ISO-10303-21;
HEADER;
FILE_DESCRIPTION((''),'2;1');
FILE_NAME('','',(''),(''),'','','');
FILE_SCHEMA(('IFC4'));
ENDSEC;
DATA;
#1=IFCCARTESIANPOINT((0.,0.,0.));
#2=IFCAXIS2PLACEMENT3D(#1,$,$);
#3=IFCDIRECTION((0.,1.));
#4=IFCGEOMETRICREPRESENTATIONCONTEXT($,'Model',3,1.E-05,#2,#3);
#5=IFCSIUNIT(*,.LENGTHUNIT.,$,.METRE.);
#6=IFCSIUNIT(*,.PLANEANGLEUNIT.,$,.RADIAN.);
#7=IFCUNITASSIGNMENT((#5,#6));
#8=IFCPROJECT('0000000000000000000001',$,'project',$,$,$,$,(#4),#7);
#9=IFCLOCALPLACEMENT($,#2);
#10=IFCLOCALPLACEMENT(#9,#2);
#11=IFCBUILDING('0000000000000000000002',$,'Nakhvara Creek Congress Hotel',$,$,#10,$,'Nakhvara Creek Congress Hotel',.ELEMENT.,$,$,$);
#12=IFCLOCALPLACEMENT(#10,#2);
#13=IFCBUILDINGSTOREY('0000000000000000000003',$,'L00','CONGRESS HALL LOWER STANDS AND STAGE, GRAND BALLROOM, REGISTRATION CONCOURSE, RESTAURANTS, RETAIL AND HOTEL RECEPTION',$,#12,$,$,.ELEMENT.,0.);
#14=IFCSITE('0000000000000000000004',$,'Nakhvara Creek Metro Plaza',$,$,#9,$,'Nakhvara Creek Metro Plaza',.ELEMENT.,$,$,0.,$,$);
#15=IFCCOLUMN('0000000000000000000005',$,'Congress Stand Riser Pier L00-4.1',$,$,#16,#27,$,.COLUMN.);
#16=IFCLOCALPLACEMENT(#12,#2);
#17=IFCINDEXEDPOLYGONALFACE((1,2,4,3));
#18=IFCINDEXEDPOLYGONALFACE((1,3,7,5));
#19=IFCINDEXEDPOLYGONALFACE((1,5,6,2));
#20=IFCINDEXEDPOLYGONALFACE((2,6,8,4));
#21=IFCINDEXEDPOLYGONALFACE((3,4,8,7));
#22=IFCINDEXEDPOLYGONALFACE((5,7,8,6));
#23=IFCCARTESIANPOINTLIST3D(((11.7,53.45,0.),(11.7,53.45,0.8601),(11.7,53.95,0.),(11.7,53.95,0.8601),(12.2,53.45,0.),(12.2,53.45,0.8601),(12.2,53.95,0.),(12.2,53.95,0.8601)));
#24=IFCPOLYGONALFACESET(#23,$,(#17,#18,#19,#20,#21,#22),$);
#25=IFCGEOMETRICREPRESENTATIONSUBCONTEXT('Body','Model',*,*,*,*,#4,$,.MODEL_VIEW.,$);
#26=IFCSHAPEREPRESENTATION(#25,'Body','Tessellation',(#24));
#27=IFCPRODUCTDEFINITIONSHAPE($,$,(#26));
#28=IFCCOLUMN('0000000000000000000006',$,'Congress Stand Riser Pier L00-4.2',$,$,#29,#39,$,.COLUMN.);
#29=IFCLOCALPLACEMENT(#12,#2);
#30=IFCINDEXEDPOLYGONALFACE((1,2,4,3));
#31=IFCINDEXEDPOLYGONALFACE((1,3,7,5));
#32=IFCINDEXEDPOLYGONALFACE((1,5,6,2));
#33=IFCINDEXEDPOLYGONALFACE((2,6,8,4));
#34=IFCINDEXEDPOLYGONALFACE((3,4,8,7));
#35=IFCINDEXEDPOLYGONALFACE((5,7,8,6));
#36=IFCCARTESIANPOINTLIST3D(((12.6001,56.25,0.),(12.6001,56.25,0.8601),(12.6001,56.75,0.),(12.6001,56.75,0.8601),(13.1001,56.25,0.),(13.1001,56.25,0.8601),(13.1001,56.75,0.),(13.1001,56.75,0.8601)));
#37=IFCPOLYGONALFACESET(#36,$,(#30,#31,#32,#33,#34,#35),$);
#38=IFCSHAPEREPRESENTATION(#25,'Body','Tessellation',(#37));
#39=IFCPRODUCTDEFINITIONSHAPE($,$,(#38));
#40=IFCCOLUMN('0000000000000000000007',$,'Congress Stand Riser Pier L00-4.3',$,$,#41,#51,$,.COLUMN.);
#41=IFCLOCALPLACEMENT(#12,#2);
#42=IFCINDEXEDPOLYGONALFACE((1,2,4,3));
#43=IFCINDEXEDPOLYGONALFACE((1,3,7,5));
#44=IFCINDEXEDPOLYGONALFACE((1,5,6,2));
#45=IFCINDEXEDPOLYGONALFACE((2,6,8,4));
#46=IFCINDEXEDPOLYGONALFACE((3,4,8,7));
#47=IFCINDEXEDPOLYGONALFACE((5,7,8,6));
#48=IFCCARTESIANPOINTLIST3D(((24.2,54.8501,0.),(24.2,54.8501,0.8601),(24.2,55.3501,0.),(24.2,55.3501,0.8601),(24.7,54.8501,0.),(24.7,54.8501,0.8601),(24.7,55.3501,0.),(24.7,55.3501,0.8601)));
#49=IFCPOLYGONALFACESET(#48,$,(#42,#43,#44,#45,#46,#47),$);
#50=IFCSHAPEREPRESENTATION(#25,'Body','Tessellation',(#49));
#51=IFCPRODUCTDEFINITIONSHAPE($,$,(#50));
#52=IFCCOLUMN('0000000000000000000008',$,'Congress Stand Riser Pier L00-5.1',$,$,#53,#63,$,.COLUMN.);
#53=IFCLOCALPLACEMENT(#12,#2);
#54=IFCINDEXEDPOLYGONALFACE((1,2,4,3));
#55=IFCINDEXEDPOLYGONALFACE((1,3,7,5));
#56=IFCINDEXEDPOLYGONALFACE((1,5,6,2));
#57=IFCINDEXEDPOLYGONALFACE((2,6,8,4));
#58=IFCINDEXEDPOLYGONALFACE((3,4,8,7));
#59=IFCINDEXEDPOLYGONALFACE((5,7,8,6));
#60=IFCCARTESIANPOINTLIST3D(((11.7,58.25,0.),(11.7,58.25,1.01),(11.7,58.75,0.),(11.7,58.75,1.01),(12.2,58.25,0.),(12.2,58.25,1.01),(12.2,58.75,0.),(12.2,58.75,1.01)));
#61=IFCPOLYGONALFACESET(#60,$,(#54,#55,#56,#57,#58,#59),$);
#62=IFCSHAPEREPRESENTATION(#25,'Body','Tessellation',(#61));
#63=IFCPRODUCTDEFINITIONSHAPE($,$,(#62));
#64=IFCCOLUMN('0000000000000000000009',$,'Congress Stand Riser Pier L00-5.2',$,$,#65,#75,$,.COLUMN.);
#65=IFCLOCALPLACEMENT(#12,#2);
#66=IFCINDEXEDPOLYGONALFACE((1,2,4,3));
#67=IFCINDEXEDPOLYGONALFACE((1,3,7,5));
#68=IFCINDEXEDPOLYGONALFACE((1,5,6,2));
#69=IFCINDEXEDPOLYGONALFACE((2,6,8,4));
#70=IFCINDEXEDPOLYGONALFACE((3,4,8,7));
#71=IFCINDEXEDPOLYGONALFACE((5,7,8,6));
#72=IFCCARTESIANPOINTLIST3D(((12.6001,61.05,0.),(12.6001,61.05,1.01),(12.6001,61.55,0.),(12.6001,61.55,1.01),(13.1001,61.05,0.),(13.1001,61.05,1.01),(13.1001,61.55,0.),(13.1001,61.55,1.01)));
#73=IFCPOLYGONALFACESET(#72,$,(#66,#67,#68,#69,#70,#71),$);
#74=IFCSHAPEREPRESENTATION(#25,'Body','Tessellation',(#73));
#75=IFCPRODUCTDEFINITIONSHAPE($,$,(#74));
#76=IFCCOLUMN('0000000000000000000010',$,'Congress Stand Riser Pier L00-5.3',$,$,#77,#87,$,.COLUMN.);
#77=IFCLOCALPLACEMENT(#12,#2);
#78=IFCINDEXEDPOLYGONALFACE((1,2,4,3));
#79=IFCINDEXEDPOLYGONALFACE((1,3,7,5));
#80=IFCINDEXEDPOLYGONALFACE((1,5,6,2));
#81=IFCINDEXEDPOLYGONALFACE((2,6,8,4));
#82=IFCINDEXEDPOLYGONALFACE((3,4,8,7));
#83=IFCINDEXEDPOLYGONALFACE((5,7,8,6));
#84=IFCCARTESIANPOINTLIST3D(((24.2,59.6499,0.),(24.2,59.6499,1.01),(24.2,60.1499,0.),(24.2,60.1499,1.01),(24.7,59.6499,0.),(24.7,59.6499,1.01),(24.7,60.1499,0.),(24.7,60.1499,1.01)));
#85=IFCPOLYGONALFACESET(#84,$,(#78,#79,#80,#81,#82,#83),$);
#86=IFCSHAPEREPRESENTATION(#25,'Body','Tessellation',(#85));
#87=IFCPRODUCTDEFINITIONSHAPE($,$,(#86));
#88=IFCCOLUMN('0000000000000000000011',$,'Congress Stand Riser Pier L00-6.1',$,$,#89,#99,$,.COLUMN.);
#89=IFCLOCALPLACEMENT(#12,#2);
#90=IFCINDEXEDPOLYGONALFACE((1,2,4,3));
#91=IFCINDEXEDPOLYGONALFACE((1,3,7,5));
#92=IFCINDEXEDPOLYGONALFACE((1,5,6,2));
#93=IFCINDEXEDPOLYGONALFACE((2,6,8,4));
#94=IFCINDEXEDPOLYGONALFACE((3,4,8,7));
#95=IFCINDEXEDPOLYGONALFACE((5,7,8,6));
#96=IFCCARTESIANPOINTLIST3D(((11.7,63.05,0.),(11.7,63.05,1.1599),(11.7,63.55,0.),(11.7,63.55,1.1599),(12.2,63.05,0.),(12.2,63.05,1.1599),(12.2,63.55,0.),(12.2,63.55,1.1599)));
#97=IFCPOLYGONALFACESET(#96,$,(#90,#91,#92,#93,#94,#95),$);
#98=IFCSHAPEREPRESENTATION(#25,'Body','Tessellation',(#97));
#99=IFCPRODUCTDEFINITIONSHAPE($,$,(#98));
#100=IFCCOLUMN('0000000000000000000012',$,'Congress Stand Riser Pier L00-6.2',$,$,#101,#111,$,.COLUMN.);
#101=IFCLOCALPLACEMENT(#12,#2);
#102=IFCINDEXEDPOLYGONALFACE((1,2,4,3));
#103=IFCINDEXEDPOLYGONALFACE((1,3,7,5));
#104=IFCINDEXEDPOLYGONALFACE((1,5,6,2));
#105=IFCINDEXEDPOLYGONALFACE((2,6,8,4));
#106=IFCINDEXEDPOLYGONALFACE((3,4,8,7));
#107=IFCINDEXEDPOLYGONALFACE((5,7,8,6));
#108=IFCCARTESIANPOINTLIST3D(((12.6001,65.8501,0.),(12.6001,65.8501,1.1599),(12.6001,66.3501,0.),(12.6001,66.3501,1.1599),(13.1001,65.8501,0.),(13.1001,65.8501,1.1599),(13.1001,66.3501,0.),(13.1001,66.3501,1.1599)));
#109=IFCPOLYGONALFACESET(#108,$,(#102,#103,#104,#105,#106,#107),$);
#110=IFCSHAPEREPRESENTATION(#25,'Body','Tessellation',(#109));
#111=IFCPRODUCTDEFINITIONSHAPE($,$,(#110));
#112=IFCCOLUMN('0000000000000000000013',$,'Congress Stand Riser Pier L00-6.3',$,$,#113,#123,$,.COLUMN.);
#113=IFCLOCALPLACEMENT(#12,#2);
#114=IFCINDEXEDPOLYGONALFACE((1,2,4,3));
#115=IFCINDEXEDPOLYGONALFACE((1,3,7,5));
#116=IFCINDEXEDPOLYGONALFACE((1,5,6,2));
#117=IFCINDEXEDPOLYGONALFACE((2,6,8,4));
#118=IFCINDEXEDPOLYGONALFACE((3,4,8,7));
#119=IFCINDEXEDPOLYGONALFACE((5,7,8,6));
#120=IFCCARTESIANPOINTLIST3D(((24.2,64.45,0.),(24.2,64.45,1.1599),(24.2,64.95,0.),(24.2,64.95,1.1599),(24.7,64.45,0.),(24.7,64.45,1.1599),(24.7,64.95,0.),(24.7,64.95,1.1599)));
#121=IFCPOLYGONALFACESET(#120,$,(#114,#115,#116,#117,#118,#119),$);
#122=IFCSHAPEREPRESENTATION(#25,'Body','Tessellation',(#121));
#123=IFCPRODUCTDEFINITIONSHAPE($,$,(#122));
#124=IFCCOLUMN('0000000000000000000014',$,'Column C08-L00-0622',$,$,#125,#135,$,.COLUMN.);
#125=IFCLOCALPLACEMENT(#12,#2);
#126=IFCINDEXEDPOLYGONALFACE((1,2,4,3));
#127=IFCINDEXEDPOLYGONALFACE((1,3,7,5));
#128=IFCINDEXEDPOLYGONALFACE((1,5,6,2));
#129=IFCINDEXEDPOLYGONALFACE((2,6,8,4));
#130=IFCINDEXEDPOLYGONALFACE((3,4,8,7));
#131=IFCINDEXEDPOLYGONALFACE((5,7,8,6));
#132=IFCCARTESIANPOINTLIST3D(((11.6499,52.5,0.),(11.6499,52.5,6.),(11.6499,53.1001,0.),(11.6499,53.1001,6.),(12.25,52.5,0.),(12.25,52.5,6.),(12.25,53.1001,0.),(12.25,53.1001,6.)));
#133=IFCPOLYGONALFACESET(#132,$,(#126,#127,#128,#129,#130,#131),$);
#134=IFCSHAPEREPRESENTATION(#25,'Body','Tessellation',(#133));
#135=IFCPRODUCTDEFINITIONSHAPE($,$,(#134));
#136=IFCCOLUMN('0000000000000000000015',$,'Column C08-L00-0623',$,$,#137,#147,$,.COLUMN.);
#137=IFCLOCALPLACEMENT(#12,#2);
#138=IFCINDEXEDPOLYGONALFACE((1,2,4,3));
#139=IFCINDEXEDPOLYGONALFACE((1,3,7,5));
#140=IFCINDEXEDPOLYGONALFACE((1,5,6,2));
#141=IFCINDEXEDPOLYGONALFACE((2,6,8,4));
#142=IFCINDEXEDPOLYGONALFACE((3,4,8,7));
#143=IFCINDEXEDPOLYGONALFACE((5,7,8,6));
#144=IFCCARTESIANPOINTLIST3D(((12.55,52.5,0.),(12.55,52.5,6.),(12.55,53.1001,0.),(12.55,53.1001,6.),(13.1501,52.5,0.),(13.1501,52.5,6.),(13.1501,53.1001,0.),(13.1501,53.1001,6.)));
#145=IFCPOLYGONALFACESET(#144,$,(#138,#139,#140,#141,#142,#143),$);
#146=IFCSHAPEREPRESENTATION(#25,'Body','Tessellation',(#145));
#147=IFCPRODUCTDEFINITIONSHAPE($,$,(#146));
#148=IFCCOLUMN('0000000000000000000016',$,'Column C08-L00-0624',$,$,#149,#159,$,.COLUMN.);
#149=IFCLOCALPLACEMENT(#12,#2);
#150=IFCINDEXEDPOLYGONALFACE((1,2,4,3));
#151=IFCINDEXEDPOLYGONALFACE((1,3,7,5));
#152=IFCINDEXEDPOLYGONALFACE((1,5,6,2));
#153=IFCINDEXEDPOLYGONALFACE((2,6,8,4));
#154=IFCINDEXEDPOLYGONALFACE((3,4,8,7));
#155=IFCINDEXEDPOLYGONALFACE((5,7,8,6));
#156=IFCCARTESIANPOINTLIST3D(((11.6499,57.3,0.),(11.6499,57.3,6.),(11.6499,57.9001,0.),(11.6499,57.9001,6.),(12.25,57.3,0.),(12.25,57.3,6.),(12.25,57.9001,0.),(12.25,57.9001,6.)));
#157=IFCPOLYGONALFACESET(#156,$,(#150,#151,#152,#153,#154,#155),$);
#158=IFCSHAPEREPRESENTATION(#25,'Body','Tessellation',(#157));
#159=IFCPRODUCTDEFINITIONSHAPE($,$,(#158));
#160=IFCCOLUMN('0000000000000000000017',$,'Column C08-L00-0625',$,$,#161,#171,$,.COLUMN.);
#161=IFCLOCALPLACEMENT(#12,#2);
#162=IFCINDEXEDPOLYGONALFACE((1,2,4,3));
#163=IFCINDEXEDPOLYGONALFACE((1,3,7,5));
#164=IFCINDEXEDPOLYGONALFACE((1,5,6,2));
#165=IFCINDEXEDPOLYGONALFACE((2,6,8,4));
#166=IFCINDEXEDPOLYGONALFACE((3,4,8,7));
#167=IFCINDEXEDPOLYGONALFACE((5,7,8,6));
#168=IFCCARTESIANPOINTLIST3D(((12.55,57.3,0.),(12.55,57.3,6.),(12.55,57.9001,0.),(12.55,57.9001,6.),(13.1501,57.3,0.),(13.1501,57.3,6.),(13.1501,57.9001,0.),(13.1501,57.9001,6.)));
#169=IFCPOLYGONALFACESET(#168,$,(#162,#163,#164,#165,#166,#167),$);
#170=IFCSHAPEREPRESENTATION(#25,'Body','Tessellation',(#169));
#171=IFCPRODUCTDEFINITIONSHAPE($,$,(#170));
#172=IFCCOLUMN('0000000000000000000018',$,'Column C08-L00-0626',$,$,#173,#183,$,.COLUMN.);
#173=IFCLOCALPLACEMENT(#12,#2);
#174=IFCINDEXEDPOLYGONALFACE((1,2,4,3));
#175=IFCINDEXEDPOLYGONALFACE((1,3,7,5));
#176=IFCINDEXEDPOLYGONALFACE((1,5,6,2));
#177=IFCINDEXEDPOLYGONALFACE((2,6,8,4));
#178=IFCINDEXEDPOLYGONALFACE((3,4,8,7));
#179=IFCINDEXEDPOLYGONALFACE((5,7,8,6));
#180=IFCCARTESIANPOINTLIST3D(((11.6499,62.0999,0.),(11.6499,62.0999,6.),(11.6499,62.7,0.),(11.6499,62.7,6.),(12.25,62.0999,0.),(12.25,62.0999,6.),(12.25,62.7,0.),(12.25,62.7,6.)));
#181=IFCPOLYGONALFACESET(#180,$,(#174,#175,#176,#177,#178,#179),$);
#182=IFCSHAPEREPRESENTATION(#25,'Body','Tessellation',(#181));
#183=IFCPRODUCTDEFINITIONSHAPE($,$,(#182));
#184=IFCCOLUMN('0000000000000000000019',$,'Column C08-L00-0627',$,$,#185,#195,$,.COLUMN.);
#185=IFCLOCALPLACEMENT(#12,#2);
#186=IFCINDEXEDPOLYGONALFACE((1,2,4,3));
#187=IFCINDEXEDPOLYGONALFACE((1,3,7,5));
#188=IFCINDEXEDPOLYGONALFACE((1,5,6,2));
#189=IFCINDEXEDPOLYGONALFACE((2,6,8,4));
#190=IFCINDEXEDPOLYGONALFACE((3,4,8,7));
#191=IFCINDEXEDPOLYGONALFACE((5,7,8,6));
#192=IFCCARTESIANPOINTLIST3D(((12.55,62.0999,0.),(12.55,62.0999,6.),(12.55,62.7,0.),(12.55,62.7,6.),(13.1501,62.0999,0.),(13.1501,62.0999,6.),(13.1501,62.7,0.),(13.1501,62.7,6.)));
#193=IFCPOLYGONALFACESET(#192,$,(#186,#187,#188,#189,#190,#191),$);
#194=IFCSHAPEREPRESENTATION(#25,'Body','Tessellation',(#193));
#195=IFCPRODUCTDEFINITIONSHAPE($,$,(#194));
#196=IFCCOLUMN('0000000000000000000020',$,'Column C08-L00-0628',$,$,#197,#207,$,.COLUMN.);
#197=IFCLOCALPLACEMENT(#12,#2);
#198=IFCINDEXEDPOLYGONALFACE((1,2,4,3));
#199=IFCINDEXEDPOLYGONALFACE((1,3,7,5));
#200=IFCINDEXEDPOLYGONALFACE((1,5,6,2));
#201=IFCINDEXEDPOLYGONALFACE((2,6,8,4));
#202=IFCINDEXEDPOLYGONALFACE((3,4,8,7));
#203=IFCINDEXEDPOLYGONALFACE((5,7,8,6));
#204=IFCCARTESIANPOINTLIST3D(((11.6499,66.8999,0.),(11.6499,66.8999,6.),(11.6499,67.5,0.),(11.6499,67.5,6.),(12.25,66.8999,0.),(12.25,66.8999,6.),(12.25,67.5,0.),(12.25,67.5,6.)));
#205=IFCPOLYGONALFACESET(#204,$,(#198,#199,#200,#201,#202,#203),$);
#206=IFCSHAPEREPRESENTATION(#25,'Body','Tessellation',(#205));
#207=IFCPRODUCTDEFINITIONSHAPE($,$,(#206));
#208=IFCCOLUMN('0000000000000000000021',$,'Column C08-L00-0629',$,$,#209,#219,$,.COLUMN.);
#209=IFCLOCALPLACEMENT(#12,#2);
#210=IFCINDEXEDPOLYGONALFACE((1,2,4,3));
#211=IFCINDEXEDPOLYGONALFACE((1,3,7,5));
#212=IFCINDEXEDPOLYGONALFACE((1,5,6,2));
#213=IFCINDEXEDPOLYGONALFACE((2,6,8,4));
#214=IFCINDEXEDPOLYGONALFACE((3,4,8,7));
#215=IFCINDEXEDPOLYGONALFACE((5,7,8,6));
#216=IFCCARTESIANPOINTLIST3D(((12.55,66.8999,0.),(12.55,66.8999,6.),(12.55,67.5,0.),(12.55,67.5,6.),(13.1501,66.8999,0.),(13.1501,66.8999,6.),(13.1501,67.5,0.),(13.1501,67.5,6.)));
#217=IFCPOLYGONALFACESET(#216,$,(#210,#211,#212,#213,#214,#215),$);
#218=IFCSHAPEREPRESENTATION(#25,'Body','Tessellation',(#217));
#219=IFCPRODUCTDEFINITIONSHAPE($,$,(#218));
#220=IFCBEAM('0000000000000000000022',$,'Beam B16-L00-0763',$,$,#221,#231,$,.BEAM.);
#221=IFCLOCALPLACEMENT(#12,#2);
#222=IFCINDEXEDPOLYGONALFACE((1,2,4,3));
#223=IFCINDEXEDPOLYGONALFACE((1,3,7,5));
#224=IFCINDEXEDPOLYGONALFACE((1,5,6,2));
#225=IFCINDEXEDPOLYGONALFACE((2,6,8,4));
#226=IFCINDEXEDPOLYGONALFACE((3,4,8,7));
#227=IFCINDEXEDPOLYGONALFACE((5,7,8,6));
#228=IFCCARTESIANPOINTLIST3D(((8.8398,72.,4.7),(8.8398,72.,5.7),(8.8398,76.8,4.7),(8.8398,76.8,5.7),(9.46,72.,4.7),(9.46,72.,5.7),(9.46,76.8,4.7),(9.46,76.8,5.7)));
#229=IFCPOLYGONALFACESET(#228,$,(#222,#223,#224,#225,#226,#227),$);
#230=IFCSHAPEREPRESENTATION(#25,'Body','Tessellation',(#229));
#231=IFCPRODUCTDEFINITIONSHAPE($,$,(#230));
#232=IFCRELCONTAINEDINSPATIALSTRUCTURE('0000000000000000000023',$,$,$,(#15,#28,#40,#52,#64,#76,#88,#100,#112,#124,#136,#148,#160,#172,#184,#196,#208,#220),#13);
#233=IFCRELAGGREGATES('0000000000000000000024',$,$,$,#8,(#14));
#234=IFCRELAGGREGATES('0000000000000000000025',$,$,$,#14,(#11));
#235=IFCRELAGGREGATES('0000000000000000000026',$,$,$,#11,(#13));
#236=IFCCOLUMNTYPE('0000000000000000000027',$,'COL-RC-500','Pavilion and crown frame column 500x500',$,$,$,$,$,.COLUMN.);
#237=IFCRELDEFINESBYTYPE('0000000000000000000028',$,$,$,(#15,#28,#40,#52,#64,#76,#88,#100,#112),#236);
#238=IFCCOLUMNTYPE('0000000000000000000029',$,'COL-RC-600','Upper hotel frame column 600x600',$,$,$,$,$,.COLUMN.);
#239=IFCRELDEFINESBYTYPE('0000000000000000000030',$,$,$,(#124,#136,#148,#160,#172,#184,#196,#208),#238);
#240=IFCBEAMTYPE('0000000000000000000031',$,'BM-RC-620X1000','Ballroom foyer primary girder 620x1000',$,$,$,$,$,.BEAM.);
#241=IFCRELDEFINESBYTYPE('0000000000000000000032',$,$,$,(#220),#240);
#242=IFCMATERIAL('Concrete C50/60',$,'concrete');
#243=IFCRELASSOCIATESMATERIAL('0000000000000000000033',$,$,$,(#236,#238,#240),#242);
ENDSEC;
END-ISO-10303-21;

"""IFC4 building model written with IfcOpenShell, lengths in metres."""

from ifc_helpers import new_model, si_unit, direction, frame, origin, origin_2d, place, context, subcontext, project, spatial, rectangle, extrude, material, material_profile, profile_set, type_object, element, save


model = new_model("IFC4")

# Units and contexts
model_context = context("Model", 3, precision=1e-05, world=origin(), true_north=direction((0.0, 1.0)))
body_context = subcontext(model_context, "Body", "Model", "MODEL_VIEW")
ifc_project = project(units=[si_unit("LENGTHUNIT", "METRE"), si_unit("PLANEANGLEUNIT", "RADIAN")], contexts=[model_context])

# Site, building, storey
site_placement = place(None, origin())
site = spatial("IfcSite", under=ifc_project, at=site_placement, Name="Nakhvara Creek Metro Plaza", LongName="Nakhvara Creek Metro Plaza", CompositionType="ELEMENT", RefElevation=0.0)
building_placement = place(site_placement, origin())
building = spatial("IfcBuilding", under=site, at=building_placement, Name="Nakhvara Creek Congress Hotel", LongName="Nakhvara Creek Congress Hotel", CompositionType="ELEMENT")
storey_placement = place(building_placement, origin())
storey = spatial("IfcBuildingStorey", under=building, at=storey_placement, Name="L00", Description="CONGRESS HALL LOWER STANDS AND STAGE, GRAND BALLROOM, REGISTRATION CONCOURSE, RESTAURANTS, RETAIL AND HOTEL RECEPTION", CompositionType="ELEMENT", Elevation=0.0)

# Columns
ifc_material_1 = material(Name="Concrete C50/60", Category="concrete")
ifc_material_profile_1 = material_profile(ifc_material_1, rectangle(XDim=0.5, YDim=0.5, at=origin_2d()), Name="RC-COL 500x500", Category="LoadBearing")
ifc_profile_set_1 = profile_set([ifc_material_profile_1], Name="Concrete C50/60")
column_type_1 = type_object("IfcColumnType", Name="COL-RC-500", Description="Pavilion and crown frame column 500x500", PredefinedType="COLUMN", material=ifc_profile_set_1)
for number, where, z_axis, x_axis, name in (
    (1, (11.95, 53.7, 0.0), (0.0, 0.0, 1.0), (1.0, 0.0, 0.0), "Congress Stand Riser Pier L00-4.1"),
    (2, (12.8501, 56.5, 0.0), (0.0, 0.0, 1.0), (1.0, 0.0, 0.0), "Congress Stand Riser Pier L00-4.2"),
    (3, (24.45, 55.1001, 0.0), (0.0, 0.0, 1.0), (1.0, 0.0, 0.0), "Congress Stand Riser Pier L00-4.3"),
):
    element("IfcColumn", number, at=place(storey_placement, frame(where, z_axis=z_axis, x_axis=x_axis)), inside=storey, type_object=column_type_1, Name=name, PredefinedType="COLUMN", context=body_context, shape_type="SweptSolid", body=[
        extrude(rectangle(XDim=0.5, YDim=0.5, at=origin_2d()), origin(), (0.0, 0.0, 1.0), 0.8601),
    ])
for number, where, z_axis, x_axis, name in (
    (4, (11.95, 58.5, 0.0), (0.0, 0.0, 1.0), (1.0, 0.0, 0.0), "Congress Stand Riser Pier L00-5.1"),
    (5, (12.8501, 61.3, 0.0), (0.0, 0.0, 1.0), (1.0, 0.0, 0.0), "Congress Stand Riser Pier L00-5.2"),
    (6, (24.45, 59.8999, 0.0), (0.0, 0.0, 1.0), (1.0, 0.0, 0.0), "Congress Stand Riser Pier L00-5.3"),
):
    element("IfcColumn", number, at=place(storey_placement, frame(where, z_axis=z_axis, x_axis=x_axis)), inside=storey, type_object=column_type_1, Name=name, PredefinedType="COLUMN", context=body_context, shape_type="SweptSolid", body=[
        extrude(rectangle(XDim=0.5, YDim=0.5, at=origin_2d()), origin(), (0.0, 0.0, 1.0), 1.01),
    ])
for number, where, z_axis, x_axis, name in (
    (7, (11.95, 63.3, 0.0), (0.0, 0.0, 1.0), (1.0, 0.0, 0.0), "Congress Stand Riser Pier L00-6.1"),
    (8, (12.8501, 66.1001, 0.0), (0.0, 0.0, 1.0), (1.0, 0.0, 0.0), "Congress Stand Riser Pier L00-6.2"),
    (9, (24.45, 64.7, 0.0), (0.0, 0.0, 1.0), (1.0, 0.0, 0.0), "Congress Stand Riser Pier L00-6.3"),
):
    element("IfcColumn", number, at=place(storey_placement, frame(where, z_axis=z_axis, x_axis=x_axis)), inside=storey, type_object=column_type_1, Name=name, PredefinedType="COLUMN", context=body_context, shape_type="SweptSolid", body=[
        extrude(rectangle(XDim=0.5, YDim=0.5, at=origin_2d()), origin(), (0.0, 0.0, 1.0), 1.1599),
    ])
ifc_material_profile_2 = material_profile(ifc_material_1, rectangle(XDim=0.6001, YDim=0.6001, at=origin_2d()), Name="RC-COL 600x600", Category="LoadBearing")
ifc_profile_set_2 = profile_set([ifc_material_profile_2], Name="Concrete C50/60")
column_type_2 = type_object("IfcColumnType", Name="COL-RC-600", Description="Upper hotel frame column 600x600", PredefinedType="COLUMN", material=ifc_profile_set_2)
for number, where, z_axis, x_axis, name in (
    (10, (11.95, 52.8, 0.0), (0.0, 0.0, 1.0), (1.0, 0.0, 0.0), "Column C08-L00-0622"),
    (11, (12.8501, 52.8, 0.0), (0.0, 0.0, 1.0), (1.0, 0.0, 0.0), "Column C08-L00-0623"),
    (12, (11.95, 57.6001, 0.0), (0.0, 0.0, 1.0), (1.0, 0.0, 0.0), "Column C08-L00-0624"),
    (13, (12.8501, 57.6001, 0.0), (0.0, 0.0, 1.0), (1.0, 0.0, 0.0), "Column C08-L00-0625"),
    (14, (11.95, 62.3999, 0.0), (0.0, 0.0, 1.0), (1.0, 0.0, 0.0), "Column C08-L00-0626"),
    (15, (12.8501, 62.3999, 0.0), (0.0, 0.0, 1.0), (1.0, 0.0, 0.0), "Column C08-L00-0627"),
    (16, (11.95, 67.2, 0.0), (0.0, 0.0, 1.0), (1.0, 0.0, 0.0), "Column C08-L00-0628"),
    (17, (12.8501, 67.2, 0.0), (0.0, 0.0, 1.0), (1.0, 0.0, 0.0), "Column C08-L00-0629"),
):
    element("IfcColumn", number, at=place(storey_placement, frame(where, z_axis=z_axis, x_axis=x_axis)), inside=storey, type_object=column_type_2, Name=name, PredefinedType="COLUMN", context=body_context, shape_type="SweptSolid", body=[
        extrude(rectangle(XDim=0.6001, YDim=0.6001, at=origin_2d()), origin(), (0.0, 0.0, 1.0), 6.0),
    ])

# Beam
ifc_material_profile_3 = material_profile(ifc_material_1, rectangle(XDim=0.6201, YDim=1.0, at=origin_2d()), Name="RC-BM 620x1000", Category="LoadBearing")
ifc_profile_set_3 = profile_set([ifc_material_profile_3], Name="Concrete C50/60")
beam_type_1 = type_object("IfcBeamType", Name="BM-RC-620X1000", Description="Ballroom foyer primary girder 620x1000", PredefinedType="BEAM", material=ifc_profile_set_3)
beam_placement = place(storey_placement, frame((9.1499, 72.0, 5.2), z_axis=(0.0, 1.0, 0.0), x_axis=(-1.0, 0.0, 0.0)))
element("IfcBeam", 18, at=beam_placement, inside=storey, type_object=beam_type_1, Name="Beam B16-L00-0763", PredefinedType="BEAM", context=body_context, shape_type="SweptSolid", body=[
    extrude(rectangle(XDim=0.6201, YDim=1.0, at=origin_2d()), origin(), (0.0, 0.0, 1.0), 4.8),
])

save(model, "model.ifc")
